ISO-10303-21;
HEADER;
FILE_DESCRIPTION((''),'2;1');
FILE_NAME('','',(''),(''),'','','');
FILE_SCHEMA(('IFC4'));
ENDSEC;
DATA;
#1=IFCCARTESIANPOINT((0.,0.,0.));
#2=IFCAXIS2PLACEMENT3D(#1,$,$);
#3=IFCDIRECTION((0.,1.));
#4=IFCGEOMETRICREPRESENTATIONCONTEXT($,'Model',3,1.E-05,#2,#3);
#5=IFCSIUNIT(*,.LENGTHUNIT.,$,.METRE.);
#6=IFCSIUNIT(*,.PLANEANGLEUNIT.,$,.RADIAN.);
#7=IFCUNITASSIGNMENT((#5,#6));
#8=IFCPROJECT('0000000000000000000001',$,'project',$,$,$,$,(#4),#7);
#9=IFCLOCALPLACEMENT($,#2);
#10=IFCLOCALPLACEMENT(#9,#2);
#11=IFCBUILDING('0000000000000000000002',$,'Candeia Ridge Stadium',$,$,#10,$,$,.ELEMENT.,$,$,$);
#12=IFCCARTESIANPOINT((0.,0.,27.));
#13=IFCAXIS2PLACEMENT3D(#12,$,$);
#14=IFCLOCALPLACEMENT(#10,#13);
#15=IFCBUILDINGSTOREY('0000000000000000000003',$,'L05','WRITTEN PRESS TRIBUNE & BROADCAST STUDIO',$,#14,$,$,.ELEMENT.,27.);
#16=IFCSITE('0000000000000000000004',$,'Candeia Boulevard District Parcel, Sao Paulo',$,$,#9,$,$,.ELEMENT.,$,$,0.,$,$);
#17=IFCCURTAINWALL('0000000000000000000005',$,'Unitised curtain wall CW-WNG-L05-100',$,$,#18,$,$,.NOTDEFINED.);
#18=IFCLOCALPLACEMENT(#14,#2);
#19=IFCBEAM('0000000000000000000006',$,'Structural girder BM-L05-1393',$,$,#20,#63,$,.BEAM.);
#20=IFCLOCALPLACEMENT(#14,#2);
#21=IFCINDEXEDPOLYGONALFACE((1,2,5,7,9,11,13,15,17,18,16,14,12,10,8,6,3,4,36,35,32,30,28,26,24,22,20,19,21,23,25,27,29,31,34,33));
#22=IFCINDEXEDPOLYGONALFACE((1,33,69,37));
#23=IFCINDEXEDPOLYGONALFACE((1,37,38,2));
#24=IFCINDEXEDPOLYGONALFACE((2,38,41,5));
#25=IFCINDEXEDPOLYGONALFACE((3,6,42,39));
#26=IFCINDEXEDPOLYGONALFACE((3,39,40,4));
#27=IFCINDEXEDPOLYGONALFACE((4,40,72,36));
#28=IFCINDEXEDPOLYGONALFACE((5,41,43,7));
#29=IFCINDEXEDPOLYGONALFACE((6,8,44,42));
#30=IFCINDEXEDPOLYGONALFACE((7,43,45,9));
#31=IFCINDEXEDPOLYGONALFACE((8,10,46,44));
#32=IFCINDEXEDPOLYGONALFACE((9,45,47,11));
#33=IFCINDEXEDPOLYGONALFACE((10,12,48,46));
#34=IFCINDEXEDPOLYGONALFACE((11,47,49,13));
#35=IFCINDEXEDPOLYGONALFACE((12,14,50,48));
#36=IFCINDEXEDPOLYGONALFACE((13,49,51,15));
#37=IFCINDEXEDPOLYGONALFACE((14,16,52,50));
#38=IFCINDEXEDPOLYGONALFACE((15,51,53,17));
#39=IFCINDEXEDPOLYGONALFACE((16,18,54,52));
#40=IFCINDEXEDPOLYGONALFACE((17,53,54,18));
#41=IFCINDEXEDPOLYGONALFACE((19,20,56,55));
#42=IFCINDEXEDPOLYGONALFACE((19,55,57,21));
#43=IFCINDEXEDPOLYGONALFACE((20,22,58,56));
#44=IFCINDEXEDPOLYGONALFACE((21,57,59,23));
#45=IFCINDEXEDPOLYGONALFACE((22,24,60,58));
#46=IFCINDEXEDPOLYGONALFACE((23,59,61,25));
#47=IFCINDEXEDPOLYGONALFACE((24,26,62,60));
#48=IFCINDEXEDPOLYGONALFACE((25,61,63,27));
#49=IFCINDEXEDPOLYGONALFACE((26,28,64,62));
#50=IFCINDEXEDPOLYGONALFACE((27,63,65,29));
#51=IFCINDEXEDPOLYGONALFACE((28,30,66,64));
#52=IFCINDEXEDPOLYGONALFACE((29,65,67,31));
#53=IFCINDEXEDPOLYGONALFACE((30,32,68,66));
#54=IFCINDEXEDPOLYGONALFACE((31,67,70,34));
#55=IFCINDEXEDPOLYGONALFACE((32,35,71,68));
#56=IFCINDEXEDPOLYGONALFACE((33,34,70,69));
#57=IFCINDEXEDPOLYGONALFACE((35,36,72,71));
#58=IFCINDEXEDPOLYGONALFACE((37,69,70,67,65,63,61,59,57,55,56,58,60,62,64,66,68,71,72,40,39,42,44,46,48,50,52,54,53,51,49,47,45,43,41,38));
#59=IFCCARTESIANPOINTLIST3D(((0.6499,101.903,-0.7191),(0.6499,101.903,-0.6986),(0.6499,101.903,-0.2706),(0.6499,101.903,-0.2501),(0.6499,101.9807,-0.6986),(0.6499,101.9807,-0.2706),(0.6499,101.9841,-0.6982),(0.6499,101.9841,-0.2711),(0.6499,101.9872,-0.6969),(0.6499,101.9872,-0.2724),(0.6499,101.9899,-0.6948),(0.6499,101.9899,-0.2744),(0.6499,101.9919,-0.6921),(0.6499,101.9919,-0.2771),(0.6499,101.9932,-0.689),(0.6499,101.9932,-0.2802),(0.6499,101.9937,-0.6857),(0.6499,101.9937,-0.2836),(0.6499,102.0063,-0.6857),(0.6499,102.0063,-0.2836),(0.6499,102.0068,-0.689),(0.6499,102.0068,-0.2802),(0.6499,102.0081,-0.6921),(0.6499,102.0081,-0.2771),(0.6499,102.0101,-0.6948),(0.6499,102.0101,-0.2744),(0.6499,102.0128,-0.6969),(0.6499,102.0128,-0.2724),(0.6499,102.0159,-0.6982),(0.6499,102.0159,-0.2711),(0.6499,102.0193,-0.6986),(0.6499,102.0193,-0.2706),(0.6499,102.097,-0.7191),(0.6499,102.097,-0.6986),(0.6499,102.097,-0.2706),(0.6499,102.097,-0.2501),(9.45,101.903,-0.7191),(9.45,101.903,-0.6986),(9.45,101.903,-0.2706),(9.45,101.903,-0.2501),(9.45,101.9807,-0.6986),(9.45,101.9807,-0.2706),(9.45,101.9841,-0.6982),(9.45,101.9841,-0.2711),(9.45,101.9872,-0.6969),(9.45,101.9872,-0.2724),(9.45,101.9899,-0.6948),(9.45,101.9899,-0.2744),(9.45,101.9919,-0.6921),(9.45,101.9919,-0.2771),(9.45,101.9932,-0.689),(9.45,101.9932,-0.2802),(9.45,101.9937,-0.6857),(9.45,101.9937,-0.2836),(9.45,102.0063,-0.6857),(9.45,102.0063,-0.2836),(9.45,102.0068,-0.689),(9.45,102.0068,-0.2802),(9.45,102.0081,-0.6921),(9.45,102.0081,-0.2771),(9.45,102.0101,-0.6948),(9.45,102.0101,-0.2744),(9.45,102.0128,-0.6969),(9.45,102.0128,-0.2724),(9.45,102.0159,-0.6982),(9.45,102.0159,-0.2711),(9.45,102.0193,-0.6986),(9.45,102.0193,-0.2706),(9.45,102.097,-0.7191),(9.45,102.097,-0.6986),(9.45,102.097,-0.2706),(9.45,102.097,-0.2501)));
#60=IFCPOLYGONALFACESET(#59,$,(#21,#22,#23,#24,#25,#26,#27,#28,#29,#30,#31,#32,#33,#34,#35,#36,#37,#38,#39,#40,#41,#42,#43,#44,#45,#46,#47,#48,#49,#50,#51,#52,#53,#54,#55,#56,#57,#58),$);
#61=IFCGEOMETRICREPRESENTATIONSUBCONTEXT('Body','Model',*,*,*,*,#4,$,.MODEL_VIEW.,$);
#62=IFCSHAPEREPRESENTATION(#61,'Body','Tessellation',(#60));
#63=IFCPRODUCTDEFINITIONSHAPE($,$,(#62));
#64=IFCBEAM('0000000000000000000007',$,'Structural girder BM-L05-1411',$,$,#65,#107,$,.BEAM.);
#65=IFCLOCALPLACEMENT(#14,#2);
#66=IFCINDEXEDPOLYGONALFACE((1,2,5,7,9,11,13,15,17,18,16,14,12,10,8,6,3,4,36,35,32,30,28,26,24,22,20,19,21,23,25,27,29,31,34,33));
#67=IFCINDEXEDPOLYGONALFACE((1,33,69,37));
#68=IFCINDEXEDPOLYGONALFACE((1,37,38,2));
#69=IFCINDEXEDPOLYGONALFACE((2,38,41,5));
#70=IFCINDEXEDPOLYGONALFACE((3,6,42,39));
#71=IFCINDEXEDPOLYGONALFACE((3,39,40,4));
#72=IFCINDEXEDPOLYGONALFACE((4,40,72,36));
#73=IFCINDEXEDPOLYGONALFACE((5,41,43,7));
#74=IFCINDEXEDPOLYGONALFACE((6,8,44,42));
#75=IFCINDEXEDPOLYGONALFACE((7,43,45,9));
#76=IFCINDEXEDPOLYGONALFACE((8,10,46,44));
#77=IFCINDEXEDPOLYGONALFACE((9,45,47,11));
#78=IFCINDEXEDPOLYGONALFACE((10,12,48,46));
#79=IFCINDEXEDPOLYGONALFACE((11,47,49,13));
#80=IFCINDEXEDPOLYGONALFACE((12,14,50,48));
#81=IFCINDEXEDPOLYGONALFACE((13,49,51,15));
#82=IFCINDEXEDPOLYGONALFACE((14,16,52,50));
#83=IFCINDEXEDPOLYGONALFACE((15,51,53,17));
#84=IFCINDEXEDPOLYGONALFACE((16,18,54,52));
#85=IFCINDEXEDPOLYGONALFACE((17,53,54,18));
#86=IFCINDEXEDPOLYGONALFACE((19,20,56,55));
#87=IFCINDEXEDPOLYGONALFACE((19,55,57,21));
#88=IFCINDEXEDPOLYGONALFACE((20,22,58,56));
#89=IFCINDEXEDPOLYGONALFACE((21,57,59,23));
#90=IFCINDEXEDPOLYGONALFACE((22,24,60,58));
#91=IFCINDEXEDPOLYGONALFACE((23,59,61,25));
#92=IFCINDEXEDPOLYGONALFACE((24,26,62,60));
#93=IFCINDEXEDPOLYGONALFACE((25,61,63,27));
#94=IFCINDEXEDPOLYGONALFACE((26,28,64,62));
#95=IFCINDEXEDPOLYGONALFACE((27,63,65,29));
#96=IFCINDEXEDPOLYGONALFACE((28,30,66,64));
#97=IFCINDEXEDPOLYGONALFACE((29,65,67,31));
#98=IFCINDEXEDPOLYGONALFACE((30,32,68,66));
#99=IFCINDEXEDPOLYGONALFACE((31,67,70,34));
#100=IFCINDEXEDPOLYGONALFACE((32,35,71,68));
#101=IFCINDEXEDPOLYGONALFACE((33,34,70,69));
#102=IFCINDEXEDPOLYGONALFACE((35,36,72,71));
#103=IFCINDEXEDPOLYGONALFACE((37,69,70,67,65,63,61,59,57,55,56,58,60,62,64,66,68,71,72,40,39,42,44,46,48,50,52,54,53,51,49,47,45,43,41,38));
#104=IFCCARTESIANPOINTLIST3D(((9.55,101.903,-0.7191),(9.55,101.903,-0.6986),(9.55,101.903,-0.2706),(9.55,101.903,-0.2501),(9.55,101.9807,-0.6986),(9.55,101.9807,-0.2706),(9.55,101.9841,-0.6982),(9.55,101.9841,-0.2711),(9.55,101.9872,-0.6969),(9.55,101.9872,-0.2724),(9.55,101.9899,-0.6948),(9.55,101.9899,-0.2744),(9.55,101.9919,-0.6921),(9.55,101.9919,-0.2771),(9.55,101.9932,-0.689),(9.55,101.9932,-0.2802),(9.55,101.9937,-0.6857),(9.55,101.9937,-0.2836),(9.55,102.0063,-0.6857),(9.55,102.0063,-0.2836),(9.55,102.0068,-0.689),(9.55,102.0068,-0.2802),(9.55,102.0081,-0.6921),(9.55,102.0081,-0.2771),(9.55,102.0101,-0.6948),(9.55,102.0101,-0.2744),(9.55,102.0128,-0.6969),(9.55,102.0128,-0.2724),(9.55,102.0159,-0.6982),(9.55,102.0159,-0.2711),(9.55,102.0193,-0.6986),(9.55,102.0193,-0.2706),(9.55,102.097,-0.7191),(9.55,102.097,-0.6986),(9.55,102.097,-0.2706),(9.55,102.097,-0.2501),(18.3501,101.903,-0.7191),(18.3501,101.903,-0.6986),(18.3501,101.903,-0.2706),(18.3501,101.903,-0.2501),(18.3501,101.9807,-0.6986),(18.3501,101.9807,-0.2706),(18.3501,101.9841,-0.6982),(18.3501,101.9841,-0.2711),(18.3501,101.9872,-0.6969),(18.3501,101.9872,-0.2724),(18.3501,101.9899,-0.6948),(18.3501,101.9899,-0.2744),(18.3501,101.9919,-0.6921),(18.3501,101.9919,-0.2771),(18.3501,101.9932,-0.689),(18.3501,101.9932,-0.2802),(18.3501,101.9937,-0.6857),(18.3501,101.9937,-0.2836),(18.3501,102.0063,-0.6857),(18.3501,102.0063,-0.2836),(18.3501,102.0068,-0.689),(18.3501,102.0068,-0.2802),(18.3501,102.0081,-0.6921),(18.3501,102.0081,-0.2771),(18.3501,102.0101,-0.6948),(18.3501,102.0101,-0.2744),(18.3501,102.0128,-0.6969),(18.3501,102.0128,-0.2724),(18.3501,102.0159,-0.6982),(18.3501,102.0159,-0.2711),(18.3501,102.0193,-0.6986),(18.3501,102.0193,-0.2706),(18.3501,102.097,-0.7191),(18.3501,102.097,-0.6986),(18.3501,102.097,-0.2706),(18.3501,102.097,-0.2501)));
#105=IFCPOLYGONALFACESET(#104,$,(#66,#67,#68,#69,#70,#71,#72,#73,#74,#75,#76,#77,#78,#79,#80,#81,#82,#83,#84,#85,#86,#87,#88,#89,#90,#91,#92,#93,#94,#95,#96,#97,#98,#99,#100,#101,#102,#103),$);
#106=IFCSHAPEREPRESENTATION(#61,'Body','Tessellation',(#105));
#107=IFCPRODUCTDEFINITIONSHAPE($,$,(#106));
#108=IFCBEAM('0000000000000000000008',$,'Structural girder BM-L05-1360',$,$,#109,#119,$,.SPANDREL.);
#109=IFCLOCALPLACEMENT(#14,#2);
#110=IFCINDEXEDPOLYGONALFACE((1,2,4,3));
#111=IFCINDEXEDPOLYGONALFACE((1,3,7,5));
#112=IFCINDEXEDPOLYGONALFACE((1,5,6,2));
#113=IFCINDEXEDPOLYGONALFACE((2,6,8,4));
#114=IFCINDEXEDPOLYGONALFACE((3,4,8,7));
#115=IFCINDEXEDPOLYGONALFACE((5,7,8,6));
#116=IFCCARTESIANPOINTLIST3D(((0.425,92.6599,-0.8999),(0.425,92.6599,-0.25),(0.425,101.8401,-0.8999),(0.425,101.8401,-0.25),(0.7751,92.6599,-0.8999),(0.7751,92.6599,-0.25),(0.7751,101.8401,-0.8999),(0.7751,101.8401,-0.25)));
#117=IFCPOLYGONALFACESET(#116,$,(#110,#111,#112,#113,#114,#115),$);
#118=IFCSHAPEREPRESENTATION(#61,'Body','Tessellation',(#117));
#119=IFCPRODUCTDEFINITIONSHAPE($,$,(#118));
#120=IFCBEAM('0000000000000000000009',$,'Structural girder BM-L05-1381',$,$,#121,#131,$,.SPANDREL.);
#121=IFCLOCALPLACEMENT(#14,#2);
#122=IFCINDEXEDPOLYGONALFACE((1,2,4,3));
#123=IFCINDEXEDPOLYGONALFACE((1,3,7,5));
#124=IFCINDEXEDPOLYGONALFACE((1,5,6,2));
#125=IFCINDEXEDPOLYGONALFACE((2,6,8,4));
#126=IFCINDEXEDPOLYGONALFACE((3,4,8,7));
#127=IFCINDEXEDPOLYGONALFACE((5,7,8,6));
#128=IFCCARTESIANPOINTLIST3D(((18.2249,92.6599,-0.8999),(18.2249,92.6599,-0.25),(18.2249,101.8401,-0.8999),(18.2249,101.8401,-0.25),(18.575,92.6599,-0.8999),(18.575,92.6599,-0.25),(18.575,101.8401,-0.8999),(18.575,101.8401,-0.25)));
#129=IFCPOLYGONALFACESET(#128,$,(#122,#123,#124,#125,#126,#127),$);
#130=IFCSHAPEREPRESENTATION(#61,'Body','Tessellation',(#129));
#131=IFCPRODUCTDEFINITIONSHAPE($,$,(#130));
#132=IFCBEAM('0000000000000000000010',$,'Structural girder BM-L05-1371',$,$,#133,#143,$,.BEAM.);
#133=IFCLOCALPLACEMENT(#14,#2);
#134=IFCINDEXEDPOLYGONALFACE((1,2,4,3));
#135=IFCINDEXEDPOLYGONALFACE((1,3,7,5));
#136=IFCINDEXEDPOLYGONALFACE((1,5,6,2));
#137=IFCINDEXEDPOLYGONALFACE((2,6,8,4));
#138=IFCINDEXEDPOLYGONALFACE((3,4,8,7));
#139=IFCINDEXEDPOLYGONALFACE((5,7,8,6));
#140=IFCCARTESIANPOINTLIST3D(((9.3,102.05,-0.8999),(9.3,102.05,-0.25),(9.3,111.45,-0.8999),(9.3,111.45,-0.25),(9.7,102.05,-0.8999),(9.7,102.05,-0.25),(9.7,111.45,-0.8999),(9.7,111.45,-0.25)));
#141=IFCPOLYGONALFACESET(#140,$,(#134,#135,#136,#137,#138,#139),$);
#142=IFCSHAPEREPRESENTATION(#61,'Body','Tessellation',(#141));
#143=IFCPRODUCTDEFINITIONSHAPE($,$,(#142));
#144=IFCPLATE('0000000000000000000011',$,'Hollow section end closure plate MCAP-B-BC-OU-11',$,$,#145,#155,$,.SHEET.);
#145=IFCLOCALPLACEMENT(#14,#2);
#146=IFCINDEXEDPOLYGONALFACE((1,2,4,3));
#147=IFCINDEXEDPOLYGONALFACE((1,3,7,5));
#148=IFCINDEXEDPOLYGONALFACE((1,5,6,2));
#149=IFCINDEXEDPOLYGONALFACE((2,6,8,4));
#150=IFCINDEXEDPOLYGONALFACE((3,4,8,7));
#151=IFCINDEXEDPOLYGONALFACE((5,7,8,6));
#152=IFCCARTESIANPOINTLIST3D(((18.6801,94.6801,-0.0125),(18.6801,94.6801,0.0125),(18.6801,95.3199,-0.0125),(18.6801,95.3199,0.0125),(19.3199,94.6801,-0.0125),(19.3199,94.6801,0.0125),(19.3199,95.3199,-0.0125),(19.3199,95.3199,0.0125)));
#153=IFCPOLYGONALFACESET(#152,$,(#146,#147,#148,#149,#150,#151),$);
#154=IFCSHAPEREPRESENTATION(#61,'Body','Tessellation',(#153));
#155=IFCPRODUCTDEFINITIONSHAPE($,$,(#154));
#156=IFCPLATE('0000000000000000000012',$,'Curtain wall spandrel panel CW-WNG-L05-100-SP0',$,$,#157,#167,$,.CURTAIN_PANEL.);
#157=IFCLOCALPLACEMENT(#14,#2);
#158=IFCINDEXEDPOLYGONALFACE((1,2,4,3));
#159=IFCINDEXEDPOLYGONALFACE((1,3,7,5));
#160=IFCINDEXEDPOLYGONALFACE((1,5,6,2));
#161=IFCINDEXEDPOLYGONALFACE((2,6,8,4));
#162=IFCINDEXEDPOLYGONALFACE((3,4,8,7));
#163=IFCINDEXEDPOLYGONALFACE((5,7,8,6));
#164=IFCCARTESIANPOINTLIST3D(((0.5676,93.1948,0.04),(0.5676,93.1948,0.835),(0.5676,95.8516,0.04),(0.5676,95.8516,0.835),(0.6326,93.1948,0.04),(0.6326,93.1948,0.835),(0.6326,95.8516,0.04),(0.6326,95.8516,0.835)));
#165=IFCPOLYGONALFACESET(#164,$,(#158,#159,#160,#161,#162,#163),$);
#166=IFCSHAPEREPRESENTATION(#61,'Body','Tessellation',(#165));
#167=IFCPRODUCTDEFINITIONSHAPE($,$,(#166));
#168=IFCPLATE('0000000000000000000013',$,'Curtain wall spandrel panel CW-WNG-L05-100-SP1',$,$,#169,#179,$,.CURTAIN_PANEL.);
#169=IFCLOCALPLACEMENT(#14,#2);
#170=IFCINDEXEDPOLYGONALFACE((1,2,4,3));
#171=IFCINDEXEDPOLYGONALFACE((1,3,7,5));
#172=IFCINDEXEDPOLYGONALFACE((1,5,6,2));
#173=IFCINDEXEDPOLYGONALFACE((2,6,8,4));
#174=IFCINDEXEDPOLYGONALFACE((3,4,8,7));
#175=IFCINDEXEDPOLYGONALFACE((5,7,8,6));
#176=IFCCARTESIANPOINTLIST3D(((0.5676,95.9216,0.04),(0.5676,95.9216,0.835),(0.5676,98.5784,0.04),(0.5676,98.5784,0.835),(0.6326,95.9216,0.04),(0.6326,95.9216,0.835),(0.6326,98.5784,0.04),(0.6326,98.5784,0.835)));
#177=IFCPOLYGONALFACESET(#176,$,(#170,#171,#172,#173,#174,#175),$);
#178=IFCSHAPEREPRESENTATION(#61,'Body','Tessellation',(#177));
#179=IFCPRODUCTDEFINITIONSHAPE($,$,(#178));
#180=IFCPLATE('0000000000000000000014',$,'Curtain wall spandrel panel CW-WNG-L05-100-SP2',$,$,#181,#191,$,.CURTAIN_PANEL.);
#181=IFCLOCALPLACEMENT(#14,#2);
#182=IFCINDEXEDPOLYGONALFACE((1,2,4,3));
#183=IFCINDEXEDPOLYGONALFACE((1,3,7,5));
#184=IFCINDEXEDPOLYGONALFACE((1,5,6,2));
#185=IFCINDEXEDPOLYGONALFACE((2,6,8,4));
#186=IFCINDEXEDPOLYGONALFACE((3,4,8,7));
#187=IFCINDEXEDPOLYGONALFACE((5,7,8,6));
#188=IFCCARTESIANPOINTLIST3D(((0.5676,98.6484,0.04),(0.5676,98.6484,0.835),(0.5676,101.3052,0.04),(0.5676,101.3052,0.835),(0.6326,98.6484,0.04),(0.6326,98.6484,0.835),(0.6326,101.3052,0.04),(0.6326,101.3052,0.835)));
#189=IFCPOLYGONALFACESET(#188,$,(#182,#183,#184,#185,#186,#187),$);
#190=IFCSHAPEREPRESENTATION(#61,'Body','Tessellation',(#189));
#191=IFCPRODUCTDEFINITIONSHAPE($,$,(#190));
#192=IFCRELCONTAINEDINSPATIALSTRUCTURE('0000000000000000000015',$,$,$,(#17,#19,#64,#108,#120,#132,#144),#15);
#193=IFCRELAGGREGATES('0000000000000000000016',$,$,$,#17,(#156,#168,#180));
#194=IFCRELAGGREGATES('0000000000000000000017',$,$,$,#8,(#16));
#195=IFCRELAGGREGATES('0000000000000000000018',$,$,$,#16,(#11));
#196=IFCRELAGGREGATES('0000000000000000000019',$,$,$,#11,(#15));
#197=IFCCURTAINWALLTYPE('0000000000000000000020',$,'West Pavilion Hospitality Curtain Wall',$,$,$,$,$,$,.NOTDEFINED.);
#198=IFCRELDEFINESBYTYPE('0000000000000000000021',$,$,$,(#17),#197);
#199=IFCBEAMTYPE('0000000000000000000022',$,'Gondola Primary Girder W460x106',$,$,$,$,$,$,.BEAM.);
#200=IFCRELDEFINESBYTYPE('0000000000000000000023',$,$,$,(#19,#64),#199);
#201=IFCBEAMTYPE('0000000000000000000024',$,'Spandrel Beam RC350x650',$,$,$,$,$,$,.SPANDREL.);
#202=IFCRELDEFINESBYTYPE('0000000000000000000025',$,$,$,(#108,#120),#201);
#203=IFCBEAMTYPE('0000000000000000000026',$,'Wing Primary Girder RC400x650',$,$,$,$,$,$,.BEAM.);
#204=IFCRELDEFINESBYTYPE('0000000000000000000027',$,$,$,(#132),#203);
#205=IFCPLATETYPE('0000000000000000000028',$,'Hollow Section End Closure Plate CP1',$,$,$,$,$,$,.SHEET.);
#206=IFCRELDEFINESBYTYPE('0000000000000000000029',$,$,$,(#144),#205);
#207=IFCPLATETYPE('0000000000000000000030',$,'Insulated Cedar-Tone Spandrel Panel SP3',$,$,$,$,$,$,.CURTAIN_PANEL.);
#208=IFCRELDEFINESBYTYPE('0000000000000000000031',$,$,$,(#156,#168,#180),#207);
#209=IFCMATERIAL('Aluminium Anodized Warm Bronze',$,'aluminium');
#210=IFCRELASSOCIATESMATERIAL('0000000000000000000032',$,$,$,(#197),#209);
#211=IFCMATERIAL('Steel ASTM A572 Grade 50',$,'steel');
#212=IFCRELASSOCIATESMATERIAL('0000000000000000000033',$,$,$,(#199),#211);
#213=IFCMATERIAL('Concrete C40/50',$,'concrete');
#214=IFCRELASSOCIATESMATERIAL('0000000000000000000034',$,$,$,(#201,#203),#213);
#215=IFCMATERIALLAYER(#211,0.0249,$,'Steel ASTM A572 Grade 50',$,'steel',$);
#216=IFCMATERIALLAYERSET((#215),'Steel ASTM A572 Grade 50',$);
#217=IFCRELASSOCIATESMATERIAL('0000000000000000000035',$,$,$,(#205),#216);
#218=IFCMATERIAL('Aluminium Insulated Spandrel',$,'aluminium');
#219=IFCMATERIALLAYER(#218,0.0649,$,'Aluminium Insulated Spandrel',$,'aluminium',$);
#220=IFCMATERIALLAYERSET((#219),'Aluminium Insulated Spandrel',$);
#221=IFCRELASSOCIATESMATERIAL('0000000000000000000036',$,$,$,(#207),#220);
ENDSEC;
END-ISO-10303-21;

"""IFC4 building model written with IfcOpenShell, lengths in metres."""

from ifc_helpers import new_model, si_unit, direction, frame, origin, origin_2d, place, context, subcontext, project, spatial, rectangle, i_section, extrude, material, layer, layer_set, material_profile, profile_set, type_object, element, aggregate, save


model = new_model("IFC4")

# Units and contexts
model_context = context("Model", 3, precision=1e-05, world=origin(), true_north=direction((0.0, 1.0)))
body_context = subcontext(model_context, "Body", "Model", "MODEL_VIEW")
ifc_project = project(units=[si_unit("LENGTHUNIT", "METRE"), si_unit("PLANEANGLEUNIT", "RADIAN")], contexts=[model_context])

# Site, building, storey
site_placement = place(None, origin())
site = spatial("IfcSite", under=ifc_project, at=site_placement, Name="Candeia Boulevard District Parcel, Sao Paulo", CompositionType="ELEMENT", RefElevation=0.0)
building_placement = place(site_placement, origin())
building = spatial("IfcBuilding", under=site, at=building_placement, Name="Candeia Ridge Stadium", CompositionType="ELEMENT")
storey_placement = place(building_placement, frame((0.0, 0.0, 27.0)))
storey = spatial("IfcBuildingStorey", under=building, at=storey_placement, Name="L05", Description="WRITTEN PRESS TRIBUNE & BROADCAST STUDIO", CompositionType="ELEMENT", Elevation=27.0)

# Shared definitions
ifc_material_1 = material(Name="Steel ASTM A572 Grade 50", Category="steel")
ifc_material_2 = material(Name="Concrete C40/50", Category="concrete")

# Curtain wall
ifc_material_3 = material(Name="Aluminium Anodized Warm Bronze", Category="aluminium")
curtain_wall_type = type_object("IfcCurtainWallType", Name="West Pavilion Hospitality Curtain Wall", PredefinedType="NOTDEFINED", material=ifc_material_3)
curtain_wall_placement = place(storey_placement, origin())
curtain_wall = element("IfcCurtainWall", 1, at=curtain_wall_placement, inside=storey, type_object=curtain_wall_type, Name="Unitised curtain wall CW-WNG-L05-100", PredefinedType="NOTDEFINED")

# Beams
ifc_material_profile_1 = material_profile(ifc_material_1, i_section(OverallWidth=0.1941, OverallDepth=0.469, WebThickness=0.0127, FlangeThickness=0.0205, FilletRadius=0.0129, at=origin_2d()), Name="W460x106", Category="steel")
ifc_profile_set_1 = profile_set([ifc_material_profile_1], Name="Steel ASTM A572 Grade 50")
beam_type_1 = type_object("IfcBeamType", Name="Gondola Primary Girder W460x106", PredefinedType="BEAM", material=ifc_profile_set_1)
for number, where, z_axis, x_axis, name in (
    (2, (0.6499, 102.0, -0.4846), (1.0, 0.0, 0.0), (0.0, 1.0, 0.0), "Structural girder BM-L05-1393"),
    (3, (9.55, 102.0, -0.4846), (1.0, 0.0, 0.0), (0.0, 1.0, 0.0), "Structural girder BM-L05-1411"),
):
    element("IfcBeam", number, at=place(storey_placement, frame(where, z_axis=z_axis, x_axis=x_axis)), inside=storey, type_object=beam_type_1, Name=name, PredefinedType="BEAM", context=body_context, shape_type="SweptSolid", body=[
        extrude(i_section(OverallWidth=0.1941, OverallDepth=0.469, WebThickness=0.0127, FlangeThickness=0.0205, FilletRadius=0.0129, at=origin_2d()), origin(), (0.0, 0.0, 1.0), 8.8),
    ])
ifc_material_profile_2 = material_profile(ifc_material_2, rectangle(XDim=0.3501, YDim=0.6499, at=origin_2d()), Name="RC350x650", Category="concrete")
ifc_profile_set_2 = profile_set([ifc_material_profile_2], Name="Concrete C40/50")
beam_type_2 = type_object("IfcBeamType", Name="Spandrel Beam RC350x650", PredefinedType="SPANDREL", material=ifc_profile_set_2)
for number, where, z_axis, x_axis, name in (
    (4, (0.6001, 92.6599, -0.575), (0.0, 1.0, 0.0), (-1.0, 0.0, 0.0), "Structural girder BM-L05-1360"),
    (5, (18.3999, 92.6599, -0.575), (0.0, 1.0, 0.0), (-1.0, 0.0, 0.0), "Structural girder BM-L05-1381"),
):
    element("IfcBeam", number, at=place(storey_placement, frame(where, z_axis=z_axis, x_axis=x_axis)), inside=storey, type_object=beam_type_2, Name=name, PredefinedType="SPANDREL", context=body_context, shape_type="SweptSolid", body=[
        extrude(rectangle(XDim=0.3501, YDim=0.6499, at=origin_2d()), origin(), (0.0, 0.0, 1.0), 9.1802),
    ])
ifc_material_profile_3 = material_profile(ifc_material_2, rectangle(XDim=0.3999, YDim=0.6499, at=origin_2d()), Name="RC400x650", Category="concrete")
ifc_profile_set_3 = profile_set([ifc_material_profile_3], Name="Concrete C40/50")
beam_type_3 = type_object("IfcBeamType", Name="Wing Primary Girder RC400x650", PredefinedType="BEAM", material=ifc_profile_set_3)
beam_placement = place(storey_placement, frame((9.5, 102.05, -0.575), z_axis=(0.0, 1.0, 0.0), x_axis=(-1.0, 0.0, 0.0)))
element("IfcBeam", 6, at=beam_placement, inside=storey, type_object=beam_type_3, Name="Structural girder BM-L05-1371", PredefinedType="BEAM", context=body_context, shape_type="SweptSolid", body=[
    extrude(rectangle(XDim=0.3999, YDim=0.6499, at=origin_2d()), origin(), (0.0, 0.0, 1.0), 9.3999),
])

# Plates
ifc_layer_1 = layer(ifc_material_1, 0.0249, Name="Steel ASTM A572 Grade 50", Category="steel")
ifc_layer_set_1 = layer_set([ifc_layer_1], Name="Steel ASTM A572 Grade 50")
plate_type_1 = type_object("IfcPlateType", Name="Hollow Section End Closure Plate CP1", PredefinedType="SHEET", material=ifc_layer_set_1)
plate_1_placement = place(storey_placement, frame((19.0, 95.0, -0.0125), z_axis=(0.0, 0.0, 1.0), x_axis=(1.0, 0.0, 0.0)))
element("IfcPlate", 7, at=plate_1_placement, inside=storey, type_object=plate_type_1, Name="Hollow section end closure plate MCAP-B-BC-OU-11", PredefinedType="SHEET", context=body_context, shape_type="SweptSolid", body=[
    extrude(rectangle(XDim=0.6399, YDim=0.6399, at=origin_2d()), origin(), (0.0, 0.0, 1.0), 0.0249),
])
ifc_material_4 = material(Name="Aluminium Insulated Spandrel", Category="aluminium")
ifc_layer_2 = layer(ifc_material_4, 0.0649, Name="Aluminium Insulated Spandrel", Category="aluminium")
ifc_layer_set_2 = layer_set([ifc_layer_2], Name="Aluminium Insulated Spandrel")
plate_type_2 = type_object("IfcPlateType", Name="Insulated Cedar-Tone Spandrel Panel SP3", PredefinedType="CURTAIN_PANEL", material=ifc_layer_set_2)
plate_2_placement = place(storey_placement, frame((0.6001, 94.5232, 0.04), z_axis=(0.0, 0.0, 1.0), x_axis=(0.0, 1.0, 0.0)))
plate_2 = element("IfcPlate", 8, at=plate_2_placement, type_object=plate_type_2, Name="Curtain wall spandrel panel CW-WNG-L05-100-SP0", PredefinedType="CURTAIN_PANEL", context=body_context, shape_type="SweptSolid", body=[
    extrude(rectangle(XDim=2.6567, YDim=0.0649, at=origin_2d()), origin(), (0.0, 0.0, 1.0), 0.7949),
])
plate_3_placement = place(storey_placement, frame((0.6001, 97.25, 0.04), z_axis=(0.0, 0.0, 1.0), x_axis=(0.0, 1.0, 0.0)))
plate_3 = element("IfcPlate", 9, at=plate_3_placement, type_object=plate_type_2, Name="Curtain wall spandrel panel CW-WNG-L05-100-SP1", PredefinedType="CURTAIN_PANEL", context=body_context, shape_type="SweptSolid", body=[
    extrude(rectangle(XDim=2.6567, YDim=0.0649, at=origin_2d()), origin(), (0.0, 0.0, 1.0), 0.7949),
])
plate_4_placement = place(storey_placement, frame((0.6001, 99.9768, 0.04), z_axis=(0.0, 0.0, 1.0), x_axis=(0.0, 1.0, 0.0)))
plate_4 = element("IfcPlate", 10, at=plate_4_placement, type_object=plate_type_2, Name="Curtain wall spandrel panel CW-WNG-L05-100-SP2", PredefinedType="CURTAIN_PANEL", context=body_context, shape_type="SweptSolid", body=[
    extrude(rectangle(XDim=2.6567, YDim=0.0649, at=origin_2d()), origin(), (0.0, 0.0, 1.0), 0.7949),
])
aggregate(curtain_wall, [plate_2, plate_3, plate_4])

save(model, "model.ifc")
